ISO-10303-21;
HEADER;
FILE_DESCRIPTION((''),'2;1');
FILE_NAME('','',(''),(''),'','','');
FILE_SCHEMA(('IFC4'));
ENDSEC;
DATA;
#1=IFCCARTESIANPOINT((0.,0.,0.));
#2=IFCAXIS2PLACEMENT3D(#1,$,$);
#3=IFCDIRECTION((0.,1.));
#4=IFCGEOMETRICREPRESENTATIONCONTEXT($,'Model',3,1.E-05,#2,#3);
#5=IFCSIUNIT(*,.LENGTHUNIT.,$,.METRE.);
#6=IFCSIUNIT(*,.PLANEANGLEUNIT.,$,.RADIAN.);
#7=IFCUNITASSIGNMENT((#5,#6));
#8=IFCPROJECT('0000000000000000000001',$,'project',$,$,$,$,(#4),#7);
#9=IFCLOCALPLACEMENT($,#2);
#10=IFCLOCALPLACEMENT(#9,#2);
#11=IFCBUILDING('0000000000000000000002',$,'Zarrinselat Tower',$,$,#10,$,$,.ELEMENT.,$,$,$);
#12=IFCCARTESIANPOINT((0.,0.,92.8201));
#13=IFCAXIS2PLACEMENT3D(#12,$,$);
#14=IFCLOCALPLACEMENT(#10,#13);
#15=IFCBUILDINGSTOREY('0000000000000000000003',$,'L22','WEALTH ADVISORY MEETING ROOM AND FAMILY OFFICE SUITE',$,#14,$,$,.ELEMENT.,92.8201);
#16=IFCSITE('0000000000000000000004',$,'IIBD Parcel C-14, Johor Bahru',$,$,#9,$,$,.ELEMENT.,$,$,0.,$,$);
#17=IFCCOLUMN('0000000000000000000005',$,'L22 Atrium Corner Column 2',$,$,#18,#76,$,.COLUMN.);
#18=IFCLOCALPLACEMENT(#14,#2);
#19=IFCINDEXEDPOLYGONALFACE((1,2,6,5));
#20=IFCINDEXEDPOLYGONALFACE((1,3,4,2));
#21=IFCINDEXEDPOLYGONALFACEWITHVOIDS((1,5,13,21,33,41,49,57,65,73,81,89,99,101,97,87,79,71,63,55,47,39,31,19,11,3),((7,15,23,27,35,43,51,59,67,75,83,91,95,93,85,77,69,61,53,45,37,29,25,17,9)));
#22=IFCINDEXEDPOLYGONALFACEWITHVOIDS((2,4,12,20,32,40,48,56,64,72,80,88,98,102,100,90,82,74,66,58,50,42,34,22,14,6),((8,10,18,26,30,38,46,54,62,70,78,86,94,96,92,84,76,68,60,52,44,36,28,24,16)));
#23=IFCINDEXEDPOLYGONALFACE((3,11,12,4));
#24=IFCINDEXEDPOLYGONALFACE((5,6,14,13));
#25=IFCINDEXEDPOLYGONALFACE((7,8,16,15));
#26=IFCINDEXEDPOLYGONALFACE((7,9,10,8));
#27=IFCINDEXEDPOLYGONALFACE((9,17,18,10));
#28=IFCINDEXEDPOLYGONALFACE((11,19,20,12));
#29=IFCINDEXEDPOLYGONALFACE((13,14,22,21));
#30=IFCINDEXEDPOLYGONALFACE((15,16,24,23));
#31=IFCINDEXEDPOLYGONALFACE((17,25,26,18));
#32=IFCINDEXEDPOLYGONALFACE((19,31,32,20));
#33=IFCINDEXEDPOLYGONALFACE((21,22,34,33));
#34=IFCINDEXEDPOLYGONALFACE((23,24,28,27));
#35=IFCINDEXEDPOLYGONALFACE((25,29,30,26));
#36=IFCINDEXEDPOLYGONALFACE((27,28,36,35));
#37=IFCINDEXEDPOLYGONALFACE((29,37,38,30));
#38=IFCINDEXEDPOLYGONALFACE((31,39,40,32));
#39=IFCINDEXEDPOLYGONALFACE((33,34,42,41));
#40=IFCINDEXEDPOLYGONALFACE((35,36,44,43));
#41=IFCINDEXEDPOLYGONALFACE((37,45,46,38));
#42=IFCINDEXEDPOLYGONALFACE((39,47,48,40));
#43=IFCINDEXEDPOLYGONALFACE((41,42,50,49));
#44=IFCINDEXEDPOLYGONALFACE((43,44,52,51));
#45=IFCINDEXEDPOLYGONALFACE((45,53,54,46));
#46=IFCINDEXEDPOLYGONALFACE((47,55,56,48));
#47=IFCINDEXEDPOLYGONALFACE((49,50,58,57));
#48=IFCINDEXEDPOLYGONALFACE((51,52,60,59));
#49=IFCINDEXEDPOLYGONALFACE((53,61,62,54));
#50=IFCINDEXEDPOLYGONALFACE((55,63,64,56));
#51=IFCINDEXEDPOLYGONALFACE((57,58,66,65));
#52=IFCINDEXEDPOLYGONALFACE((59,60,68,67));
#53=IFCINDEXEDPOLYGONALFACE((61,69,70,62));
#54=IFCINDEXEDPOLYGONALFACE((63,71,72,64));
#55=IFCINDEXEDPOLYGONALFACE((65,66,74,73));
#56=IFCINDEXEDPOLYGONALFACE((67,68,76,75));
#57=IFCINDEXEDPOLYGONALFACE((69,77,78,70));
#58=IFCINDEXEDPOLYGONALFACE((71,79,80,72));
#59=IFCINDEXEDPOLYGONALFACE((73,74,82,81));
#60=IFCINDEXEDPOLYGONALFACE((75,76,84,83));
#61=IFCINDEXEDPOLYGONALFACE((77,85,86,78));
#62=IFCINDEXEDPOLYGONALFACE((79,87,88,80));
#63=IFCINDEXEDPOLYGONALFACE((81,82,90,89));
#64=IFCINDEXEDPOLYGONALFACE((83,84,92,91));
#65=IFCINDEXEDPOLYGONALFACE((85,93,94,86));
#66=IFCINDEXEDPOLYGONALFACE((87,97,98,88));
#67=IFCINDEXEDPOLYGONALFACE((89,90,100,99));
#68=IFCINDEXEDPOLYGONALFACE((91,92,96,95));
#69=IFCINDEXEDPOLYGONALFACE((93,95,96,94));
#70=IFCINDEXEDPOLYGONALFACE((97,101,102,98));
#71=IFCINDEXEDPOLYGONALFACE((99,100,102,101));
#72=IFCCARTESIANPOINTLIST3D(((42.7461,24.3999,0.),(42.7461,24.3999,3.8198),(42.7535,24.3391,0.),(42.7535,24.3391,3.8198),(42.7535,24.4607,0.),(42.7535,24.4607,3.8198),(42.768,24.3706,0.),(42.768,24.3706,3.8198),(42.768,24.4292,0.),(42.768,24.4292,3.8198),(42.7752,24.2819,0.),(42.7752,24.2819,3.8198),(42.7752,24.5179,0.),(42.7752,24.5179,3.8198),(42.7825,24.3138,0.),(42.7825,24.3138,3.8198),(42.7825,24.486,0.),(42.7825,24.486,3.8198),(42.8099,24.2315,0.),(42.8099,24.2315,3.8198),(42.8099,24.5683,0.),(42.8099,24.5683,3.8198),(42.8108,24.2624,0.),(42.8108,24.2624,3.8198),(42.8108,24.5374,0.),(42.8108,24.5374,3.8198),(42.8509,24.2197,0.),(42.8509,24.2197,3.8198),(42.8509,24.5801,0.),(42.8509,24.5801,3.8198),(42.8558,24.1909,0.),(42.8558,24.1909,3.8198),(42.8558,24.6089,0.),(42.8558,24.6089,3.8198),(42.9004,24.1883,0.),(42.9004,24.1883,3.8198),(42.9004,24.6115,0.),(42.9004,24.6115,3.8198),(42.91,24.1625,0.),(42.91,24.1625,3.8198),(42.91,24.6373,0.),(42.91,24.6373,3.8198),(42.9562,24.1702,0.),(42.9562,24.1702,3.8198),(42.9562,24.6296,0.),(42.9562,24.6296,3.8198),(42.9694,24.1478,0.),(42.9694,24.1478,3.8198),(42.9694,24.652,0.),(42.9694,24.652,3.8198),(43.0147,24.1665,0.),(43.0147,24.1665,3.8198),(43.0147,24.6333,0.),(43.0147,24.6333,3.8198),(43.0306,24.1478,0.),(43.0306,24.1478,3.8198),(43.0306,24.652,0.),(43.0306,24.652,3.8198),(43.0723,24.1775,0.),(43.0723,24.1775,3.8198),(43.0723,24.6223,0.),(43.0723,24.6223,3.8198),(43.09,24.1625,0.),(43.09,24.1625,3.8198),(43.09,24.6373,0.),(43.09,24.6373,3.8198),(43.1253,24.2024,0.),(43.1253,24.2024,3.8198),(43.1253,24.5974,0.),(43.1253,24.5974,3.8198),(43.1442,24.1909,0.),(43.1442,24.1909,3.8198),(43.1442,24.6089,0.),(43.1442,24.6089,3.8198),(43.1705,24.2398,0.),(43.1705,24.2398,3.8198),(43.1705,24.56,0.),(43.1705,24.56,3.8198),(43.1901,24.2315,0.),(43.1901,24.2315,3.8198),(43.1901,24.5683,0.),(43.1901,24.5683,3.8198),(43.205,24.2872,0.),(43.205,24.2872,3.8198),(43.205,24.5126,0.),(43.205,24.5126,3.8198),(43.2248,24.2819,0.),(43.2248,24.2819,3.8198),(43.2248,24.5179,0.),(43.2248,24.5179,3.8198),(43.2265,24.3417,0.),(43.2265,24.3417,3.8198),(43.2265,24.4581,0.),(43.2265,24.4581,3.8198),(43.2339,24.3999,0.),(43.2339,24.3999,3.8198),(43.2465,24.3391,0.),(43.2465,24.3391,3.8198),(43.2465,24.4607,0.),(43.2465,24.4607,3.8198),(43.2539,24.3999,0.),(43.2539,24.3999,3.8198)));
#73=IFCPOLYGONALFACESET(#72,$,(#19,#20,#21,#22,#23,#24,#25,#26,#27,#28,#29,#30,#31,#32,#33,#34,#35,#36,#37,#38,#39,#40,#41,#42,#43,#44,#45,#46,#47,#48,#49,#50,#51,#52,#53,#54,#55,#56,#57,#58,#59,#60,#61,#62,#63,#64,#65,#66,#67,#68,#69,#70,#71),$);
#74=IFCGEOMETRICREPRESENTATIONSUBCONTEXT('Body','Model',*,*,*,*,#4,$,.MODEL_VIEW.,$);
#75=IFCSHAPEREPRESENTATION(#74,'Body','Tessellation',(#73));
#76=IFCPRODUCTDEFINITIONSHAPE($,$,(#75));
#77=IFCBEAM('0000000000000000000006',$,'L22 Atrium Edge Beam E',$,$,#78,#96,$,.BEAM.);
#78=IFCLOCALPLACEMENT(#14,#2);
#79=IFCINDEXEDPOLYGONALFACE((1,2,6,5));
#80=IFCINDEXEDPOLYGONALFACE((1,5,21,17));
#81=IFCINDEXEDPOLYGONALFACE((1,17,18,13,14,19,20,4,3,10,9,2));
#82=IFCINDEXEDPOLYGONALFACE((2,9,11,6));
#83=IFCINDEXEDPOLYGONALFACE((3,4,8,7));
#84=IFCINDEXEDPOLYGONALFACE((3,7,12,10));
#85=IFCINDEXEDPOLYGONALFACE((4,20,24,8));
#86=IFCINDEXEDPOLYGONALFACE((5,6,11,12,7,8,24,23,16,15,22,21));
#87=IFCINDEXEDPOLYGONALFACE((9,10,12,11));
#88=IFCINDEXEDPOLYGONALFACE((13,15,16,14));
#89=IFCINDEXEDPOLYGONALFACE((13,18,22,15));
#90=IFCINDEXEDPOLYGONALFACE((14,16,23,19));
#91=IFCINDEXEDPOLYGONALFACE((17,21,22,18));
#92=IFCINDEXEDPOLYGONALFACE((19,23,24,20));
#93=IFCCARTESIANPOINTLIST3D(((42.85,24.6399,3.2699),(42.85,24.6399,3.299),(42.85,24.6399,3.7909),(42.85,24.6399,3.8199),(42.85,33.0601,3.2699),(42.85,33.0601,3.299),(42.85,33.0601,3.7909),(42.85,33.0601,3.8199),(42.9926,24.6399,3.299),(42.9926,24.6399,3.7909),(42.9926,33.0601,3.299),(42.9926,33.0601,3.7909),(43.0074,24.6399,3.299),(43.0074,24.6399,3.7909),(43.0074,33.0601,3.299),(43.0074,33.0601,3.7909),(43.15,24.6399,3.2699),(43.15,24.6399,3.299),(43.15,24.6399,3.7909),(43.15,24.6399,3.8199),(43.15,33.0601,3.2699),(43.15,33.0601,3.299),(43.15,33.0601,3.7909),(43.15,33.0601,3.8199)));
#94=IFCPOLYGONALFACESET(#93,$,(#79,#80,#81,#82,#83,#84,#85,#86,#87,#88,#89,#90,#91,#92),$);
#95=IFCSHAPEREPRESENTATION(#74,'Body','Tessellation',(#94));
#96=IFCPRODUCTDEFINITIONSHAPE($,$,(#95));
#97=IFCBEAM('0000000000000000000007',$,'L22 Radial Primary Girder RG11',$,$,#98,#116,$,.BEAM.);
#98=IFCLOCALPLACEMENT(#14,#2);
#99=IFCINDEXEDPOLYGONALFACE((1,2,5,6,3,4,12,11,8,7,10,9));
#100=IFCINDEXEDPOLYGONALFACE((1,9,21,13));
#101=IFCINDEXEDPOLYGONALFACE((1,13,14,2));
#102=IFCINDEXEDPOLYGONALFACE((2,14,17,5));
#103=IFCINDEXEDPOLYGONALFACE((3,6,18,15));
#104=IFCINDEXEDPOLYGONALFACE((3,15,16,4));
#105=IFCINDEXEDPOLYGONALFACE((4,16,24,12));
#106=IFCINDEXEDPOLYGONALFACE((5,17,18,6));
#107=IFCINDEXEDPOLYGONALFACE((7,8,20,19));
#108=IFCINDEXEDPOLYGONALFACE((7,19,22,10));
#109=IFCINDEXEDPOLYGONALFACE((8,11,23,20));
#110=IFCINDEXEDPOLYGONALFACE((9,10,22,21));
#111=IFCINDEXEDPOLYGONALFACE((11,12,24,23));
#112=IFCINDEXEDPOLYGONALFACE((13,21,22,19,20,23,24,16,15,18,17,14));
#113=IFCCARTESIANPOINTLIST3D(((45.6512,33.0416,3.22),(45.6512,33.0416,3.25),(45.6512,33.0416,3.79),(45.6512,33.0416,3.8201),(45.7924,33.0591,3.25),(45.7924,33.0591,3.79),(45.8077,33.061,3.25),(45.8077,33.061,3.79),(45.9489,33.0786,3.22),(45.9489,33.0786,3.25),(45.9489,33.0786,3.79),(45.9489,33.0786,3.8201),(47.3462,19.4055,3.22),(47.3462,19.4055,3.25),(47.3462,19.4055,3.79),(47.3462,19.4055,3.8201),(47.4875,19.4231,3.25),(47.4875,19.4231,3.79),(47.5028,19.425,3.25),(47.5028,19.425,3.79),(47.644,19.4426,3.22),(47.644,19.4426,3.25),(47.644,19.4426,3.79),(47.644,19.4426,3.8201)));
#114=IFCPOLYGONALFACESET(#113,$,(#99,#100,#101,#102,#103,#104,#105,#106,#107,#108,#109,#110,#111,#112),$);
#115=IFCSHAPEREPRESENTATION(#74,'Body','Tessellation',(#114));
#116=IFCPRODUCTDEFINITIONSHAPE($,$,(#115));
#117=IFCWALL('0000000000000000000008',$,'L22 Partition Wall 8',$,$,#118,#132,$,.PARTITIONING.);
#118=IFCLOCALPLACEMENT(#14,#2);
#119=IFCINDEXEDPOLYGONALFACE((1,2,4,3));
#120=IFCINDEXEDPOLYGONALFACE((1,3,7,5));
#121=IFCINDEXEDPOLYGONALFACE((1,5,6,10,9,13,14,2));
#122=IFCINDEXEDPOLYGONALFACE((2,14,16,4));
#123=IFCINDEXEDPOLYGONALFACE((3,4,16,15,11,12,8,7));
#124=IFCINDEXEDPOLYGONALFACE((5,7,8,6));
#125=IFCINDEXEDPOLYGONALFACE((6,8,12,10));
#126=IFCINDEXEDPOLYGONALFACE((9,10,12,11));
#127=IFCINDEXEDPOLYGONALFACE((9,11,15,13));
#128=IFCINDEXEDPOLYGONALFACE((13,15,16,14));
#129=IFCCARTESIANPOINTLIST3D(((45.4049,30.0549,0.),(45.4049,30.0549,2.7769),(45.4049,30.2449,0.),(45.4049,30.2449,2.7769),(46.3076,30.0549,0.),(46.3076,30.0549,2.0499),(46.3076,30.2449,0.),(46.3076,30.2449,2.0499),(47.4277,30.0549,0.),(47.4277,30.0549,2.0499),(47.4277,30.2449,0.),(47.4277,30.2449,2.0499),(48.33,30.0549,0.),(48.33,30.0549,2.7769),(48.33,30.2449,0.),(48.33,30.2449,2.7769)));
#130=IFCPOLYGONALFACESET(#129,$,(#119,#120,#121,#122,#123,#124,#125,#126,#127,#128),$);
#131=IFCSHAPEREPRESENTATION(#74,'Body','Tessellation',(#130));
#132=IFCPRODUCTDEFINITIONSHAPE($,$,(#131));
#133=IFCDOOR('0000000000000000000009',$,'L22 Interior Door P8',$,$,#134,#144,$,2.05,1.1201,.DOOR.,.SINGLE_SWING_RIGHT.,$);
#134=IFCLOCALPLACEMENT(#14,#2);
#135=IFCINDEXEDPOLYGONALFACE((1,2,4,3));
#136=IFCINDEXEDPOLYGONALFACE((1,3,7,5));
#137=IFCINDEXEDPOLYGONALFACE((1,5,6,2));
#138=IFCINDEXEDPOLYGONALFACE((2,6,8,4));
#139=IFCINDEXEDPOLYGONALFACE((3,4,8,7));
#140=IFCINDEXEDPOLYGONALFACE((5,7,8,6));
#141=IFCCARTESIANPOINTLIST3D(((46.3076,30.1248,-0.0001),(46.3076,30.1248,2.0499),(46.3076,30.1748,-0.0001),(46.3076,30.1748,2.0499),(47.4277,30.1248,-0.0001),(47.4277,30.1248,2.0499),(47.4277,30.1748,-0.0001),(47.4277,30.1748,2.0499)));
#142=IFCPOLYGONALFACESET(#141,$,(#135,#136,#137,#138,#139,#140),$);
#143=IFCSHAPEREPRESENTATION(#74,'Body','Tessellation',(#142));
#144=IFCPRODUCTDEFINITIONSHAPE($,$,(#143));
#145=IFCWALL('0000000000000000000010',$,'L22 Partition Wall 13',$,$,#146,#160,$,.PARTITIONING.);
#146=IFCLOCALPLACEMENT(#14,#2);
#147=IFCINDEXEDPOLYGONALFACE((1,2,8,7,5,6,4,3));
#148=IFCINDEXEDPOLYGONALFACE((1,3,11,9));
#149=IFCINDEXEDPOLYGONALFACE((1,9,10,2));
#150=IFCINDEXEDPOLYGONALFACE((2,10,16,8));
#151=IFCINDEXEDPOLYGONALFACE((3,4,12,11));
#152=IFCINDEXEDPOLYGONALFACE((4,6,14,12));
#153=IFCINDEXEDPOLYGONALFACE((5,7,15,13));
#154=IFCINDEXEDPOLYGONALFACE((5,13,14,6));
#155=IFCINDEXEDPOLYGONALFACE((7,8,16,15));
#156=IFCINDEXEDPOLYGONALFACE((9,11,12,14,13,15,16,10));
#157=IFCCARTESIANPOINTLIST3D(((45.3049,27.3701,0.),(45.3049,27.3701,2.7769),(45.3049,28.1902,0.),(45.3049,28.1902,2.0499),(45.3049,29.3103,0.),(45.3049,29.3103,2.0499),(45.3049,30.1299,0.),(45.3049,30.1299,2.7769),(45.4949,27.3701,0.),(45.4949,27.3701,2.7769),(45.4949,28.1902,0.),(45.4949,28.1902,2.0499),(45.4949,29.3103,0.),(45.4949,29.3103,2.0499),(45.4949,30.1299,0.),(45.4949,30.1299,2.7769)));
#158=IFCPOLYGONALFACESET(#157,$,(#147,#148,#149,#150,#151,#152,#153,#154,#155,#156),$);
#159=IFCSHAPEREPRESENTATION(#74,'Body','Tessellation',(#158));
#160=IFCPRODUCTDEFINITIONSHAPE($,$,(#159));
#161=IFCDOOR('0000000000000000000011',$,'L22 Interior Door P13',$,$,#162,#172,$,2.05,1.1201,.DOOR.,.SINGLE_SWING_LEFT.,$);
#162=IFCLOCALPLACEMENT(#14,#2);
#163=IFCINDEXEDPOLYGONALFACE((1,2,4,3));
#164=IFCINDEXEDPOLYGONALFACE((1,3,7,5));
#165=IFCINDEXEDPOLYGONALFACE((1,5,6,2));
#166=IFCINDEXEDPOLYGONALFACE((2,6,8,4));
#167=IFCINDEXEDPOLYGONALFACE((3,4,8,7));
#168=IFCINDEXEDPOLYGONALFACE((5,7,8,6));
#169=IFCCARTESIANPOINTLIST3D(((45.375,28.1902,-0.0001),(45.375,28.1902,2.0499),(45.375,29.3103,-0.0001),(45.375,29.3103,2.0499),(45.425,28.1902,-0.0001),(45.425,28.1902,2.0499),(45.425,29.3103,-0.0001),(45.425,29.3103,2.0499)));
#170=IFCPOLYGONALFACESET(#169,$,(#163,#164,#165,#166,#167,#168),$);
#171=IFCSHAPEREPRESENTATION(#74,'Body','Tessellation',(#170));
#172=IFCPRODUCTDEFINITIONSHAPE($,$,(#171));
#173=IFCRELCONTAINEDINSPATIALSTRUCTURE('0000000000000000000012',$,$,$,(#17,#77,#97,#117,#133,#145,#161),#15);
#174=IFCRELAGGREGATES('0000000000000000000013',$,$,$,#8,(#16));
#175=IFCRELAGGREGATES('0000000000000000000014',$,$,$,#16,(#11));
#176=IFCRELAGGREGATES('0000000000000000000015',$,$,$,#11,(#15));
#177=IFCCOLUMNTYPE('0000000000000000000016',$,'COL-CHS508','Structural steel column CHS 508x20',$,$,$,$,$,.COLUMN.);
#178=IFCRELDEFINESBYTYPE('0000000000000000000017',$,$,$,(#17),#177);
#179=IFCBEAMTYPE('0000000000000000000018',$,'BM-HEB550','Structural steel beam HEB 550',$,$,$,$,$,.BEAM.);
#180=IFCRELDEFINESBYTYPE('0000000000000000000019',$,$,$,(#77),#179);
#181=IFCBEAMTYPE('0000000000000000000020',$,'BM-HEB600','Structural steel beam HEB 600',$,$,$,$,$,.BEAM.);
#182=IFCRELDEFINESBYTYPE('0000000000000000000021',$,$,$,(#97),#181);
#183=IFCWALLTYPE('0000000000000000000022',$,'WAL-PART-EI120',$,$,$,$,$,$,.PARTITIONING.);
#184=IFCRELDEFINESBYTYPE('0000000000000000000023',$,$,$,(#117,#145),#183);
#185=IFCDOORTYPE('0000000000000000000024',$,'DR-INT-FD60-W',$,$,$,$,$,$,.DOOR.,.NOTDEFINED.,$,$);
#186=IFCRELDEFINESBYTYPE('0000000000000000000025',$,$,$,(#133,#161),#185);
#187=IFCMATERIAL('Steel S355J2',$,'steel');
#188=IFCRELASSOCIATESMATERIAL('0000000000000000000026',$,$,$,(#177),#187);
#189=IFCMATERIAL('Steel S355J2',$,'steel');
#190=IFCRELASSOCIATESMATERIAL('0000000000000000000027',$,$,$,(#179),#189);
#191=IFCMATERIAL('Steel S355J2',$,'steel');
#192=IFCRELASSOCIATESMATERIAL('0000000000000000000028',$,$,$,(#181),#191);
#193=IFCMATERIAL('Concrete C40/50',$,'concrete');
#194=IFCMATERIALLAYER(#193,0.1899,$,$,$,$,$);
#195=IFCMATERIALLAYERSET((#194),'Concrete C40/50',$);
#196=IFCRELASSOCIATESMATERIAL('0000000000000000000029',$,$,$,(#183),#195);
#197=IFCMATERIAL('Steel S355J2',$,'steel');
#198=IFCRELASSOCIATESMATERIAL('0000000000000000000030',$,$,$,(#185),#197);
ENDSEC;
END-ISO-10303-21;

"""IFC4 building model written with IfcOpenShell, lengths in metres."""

from ifc_helpers import new_model, si_unit, direction, frame, frame_2d, origin, origin_2d, place, context, subcontext, project, spatial, rectangle, hollow_circle, i_section, extrude, material, layer, layer_set, material_profile, profile_set, type_object, element, fill, save


model = new_model("IFC4")

# Units and contexts
model_context = context("Model", 3, precision=1e-05, world=origin(), true_north=direction((0.0, 1.0)))
body_context = subcontext(model_context, "Body", "Model", "MODEL_VIEW")
ifc_project = project(units=[si_unit("LENGTHUNIT", "METRE"), si_unit("PLANEANGLEUNIT", "RADIAN")], contexts=[model_context])

# Site, building, storey
site_placement = place(None, origin())
site = spatial("IfcSite", under=ifc_project, at=site_placement, Name="IIBD Parcel C-14, Johor Bahru", CompositionType="ELEMENT", RefElevation=0.0)
building_placement = place(site_placement, origin())
building = spatial("IfcBuilding", under=site, at=building_placement, Name="Zarrinselat Tower", CompositionType="ELEMENT")
storey_placement = place(building_placement, frame((0.0, 0.0, 92.8201)))
storey = spatial("IfcBuildingStorey", under=building, at=storey_placement, Name="L22", Description="WEALTH ADVISORY MEETING ROOM AND FAMILY OFFICE SUITE", CompositionType="ELEMENT", Elevation=92.8201)

# Column
ifc_material_1 = material(Name="Steel S355J2", Category="steel")
ifc_material_profile_1 = material_profile(ifc_material_1, hollow_circle(Radius=0.2539, WallThickness=0.02, at=origin_2d()), Name="CHS 508x20")
ifc_profile_set_1 = profile_set([ifc_material_profile_1], Name="Steel S355J2")
column_type = type_object("IfcColumnType", Name="COL-CHS508", Description="Structural steel column CHS 508x20", PredefinedType="COLUMN", material=ifc_profile_set_1)
column_placement = place(storey_placement, frame((43.0, 24.3999, 0.0), z_axis=(0.0, 0.0, 1.0), x_axis=(1.0, 0.0, 0.0)))
element("IfcColumn", 1, at=column_placement, inside=storey, type_object=column_type, Name="L22 Atrium Corner Column 2", PredefinedType="COLUMN", context=body_context, shape_type="SweptSolid", body=[
    extrude(hollow_circle(Radius=0.2539, WallThickness=0.02, at=origin_2d()), origin(), (0.0, 0.0, 1.0), 3.8198),
])

# Beams
ifc_material_2 = material(Name="Steel S355J2", Category="steel")
ifc_material_profile_2 = material_profile(ifc_material_2, i_section(OverallWidth=0.3, OverallDepth=0.55, WebThickness=0.0149, FlangeThickness=0.0291, at=origin_2d()), Name="HEB 550")
ifc_profile_set_2 = profile_set([ifc_material_profile_2], Name="Steel S355J2")
beam_type_1 = type_object("IfcBeamType", Name="BM-HEB550", Description="Structural steel beam HEB 550", PredefinedType="BEAM", material=ifc_profile_set_2)
beam_1_placement = place(storey_placement, frame((43.0, 24.6399, 3.5449), z_axis=(0.0, 1.0, 0.0), x_axis=(-1.0, 0.0, 0.0)))
element("IfcBeam", 2, at=beam_1_placement, inside=storey, type_object=beam_type_1, Name="L22 Atrium Edge Beam E", PredefinedType="BEAM", context=body_context, shape_type="SweptSolid", body=[
    extrude(i_section(OverallWidth=0.3, OverallDepth=0.55, WebThickness=0.0149, FlangeThickness=0.0291, at=origin_2d()), origin(), (0.0, 0.0, 1.0), 8.4202),
])
ifc_material_3 = material(Name="Steel S355J2", Category="steel")
ifc_material_profile_3 = material_profile(ifc_material_3, i_section(OverallWidth=0.3, OverallDepth=0.6001, WebThickness=0.0154, FlangeThickness=0.03, at=origin_2d()), Name="HEB 600")
ifc_profile_set_3 = profile_set([ifc_material_profile_3], Name="Steel S355J2")
beam_type_2 = type_object("IfcBeamType", Name="BM-HEB600", Description="Structural steel beam HEB 600", PredefinedType="BEAM", material=ifc_profile_set_3)
beam_2_placement = place(storey_placement, frame((45.8, 33.0601, 3.52), z_axis=(0.123359, -0.992362, 0.0), x_axis=(0.992362, 0.123359, 0.0)))
element("IfcBeam", 3, at=beam_2_placement, inside=storey, type_object=beam_type_2, Name="L22 Radial Primary Girder RG11", PredefinedType="BEAM", context=body_context, shape_type="SweptSolid", body=[
    extrude(i_section(OverallWidth=0.3, OverallDepth=0.6001, WebThickness=0.0154, FlangeThickness=0.03, at=origin_2d()), origin(), (0.0, 0.0, 1.0), 13.741),
])

# Walls, openings, doors
ifc_material_4 = material(Name="Concrete C40/50", Category="concrete")
ifc_layer_1 = layer(ifc_material_4, 0.1899)
ifc_layer_set_1 = layer_set([ifc_layer_1], Name="Concrete C40/50")
wall_type_1 = type_object("IfcWallType", Name="WAL-PART-EI120", PredefinedType="PARTITIONING", material=ifc_layer_set_1)
wall_1_placement = place(storey_placement, frame((45.405, 30.1499, 0.0), z_axis=(0.0, 0.0, 1.0), x_axis=(1.0, 0.0, 0.0)))
wall_1 = element("IfcWall", 4, at=wall_1_placement, inside=storey, type_object=wall_type_1, Name="L22 Partition Wall 8", PredefinedType="PARTITIONING", context=body_context, shape_type="SweptSolid", body=[
    extrude(rectangle(XDim=2.925, YDim=0.1899, at=frame_2d((1.4624, 0.0))), origin(), (0.0, 0.0, 1.0), 2.7769),
])
opening_1_placement = place(wall_1_placement, frame((0.9026, 0.0, 0.0)))
opening_1 = element("IfcOpeningElement", 5, at=opening_1_placement, cuts=wall_1, PredefinedType="OPENING", context=body_context, shape_type="SweptSolid", body=[
    extrude(rectangle(XDim=1.1201, YDim=2.05, at=frame_2d((0.5601, 1.0249))), frame((0.0, 0.105, 0.0), z_axis=(0.0, -1.0, 0.0), x_axis=(1.0, 0.0, 0.0)), (0.0, 0.0, 1.0), 0.21),
])
ifc_material_5 = material(Name="Steel S355J2", Category="steel")
door_type_1 = type_object("IfcDoorType", Name="DR-INT-FD60-W", OperationType="NOTDEFINED", PredefinedType="DOOR", material=ifc_material_5)
door_1_placement = place(opening_1_placement, origin())
door_1 = element("IfcDoor", 6, at=door_1_placement, inside=storey, type_object=door_type_1, Name="L22 Interior Door P8", OperationType="SINGLE_SWING_RIGHT", OverallHeight=2.05, OverallWidth=1.1201, PredefinedType="DOOR", context=body_context, shape_type="SweptSolid", body=[
    extrude(rectangle(XDim=1.1201, YDim=2.05, at=frame_2d((0.5601, 1.0249))), frame((0.0, 0.0249, 0.0), z_axis=(0.0, -1.0, 0.0), x_axis=(1.0, 0.0, 0.0)), (0.0, 0.0, 1.0), 0.05),
])
fill(opening_1, door_1)
wall_2_placement = place(storey_placement, frame((45.3999, 27.3701, 0.0), z_axis=(0.0, 0.0, 1.0), x_axis=(0.0, 1.0, 0.0)))
wall_2 = element("IfcWall", 7, at=wall_2_placement, inside=storey, type_object=wall_type_1, Name="L22 Partition Wall 13", PredefinedType="PARTITIONING", context=body_context, shape_type="SweptSolid", body=[
    extrude(rectangle(XDim=2.7598, YDim=0.1899, at=frame_2d((1.3799, 0.0))), origin(), (0.0, 0.0, 1.0), 2.7769),
])
opening_2_placement = place(wall_2_placement, frame((0.8201, 0.0, 0.0)))
opening_2 = element("IfcOpeningElement", 8, at=opening_2_placement, cuts=wall_2, PredefinedType="OPENING", context=body_context, shape_type="SweptSolid", body=[
    extrude(rectangle(XDim=1.1201, YDim=2.05, at=frame_2d((0.5601, 1.0249))), frame((0.0, 0.105, 0.0), z_axis=(0.0, -1.0, 0.0), x_axis=(1.0, 0.0, 0.0)), (0.0, 0.0, 1.0), 0.21),
])
door_2_placement = place(opening_2_placement, origin())
door_2 = element("IfcDoor", 9, at=door_2_placement, inside=storey, type_object=door_type_1, Name="L22 Interior Door P13", OperationType="SINGLE_SWING_LEFT", OverallHeight=2.05, OverallWidth=1.1201, PredefinedType="DOOR", context=body_context, shape_type="SweptSolid", body=[
    extrude(rectangle(XDim=1.1201, YDim=2.05, at=frame_2d((0.5601, 1.0249))), frame((0.0, 0.0249, 0.0), z_axis=(0.0, -1.0, 0.0), x_axis=(1.0, 0.0, 0.0)), (0.0, 0.0, 1.0), 0.05),
])
fill(opening_2, door_2)

save(model, "model.ifc")
